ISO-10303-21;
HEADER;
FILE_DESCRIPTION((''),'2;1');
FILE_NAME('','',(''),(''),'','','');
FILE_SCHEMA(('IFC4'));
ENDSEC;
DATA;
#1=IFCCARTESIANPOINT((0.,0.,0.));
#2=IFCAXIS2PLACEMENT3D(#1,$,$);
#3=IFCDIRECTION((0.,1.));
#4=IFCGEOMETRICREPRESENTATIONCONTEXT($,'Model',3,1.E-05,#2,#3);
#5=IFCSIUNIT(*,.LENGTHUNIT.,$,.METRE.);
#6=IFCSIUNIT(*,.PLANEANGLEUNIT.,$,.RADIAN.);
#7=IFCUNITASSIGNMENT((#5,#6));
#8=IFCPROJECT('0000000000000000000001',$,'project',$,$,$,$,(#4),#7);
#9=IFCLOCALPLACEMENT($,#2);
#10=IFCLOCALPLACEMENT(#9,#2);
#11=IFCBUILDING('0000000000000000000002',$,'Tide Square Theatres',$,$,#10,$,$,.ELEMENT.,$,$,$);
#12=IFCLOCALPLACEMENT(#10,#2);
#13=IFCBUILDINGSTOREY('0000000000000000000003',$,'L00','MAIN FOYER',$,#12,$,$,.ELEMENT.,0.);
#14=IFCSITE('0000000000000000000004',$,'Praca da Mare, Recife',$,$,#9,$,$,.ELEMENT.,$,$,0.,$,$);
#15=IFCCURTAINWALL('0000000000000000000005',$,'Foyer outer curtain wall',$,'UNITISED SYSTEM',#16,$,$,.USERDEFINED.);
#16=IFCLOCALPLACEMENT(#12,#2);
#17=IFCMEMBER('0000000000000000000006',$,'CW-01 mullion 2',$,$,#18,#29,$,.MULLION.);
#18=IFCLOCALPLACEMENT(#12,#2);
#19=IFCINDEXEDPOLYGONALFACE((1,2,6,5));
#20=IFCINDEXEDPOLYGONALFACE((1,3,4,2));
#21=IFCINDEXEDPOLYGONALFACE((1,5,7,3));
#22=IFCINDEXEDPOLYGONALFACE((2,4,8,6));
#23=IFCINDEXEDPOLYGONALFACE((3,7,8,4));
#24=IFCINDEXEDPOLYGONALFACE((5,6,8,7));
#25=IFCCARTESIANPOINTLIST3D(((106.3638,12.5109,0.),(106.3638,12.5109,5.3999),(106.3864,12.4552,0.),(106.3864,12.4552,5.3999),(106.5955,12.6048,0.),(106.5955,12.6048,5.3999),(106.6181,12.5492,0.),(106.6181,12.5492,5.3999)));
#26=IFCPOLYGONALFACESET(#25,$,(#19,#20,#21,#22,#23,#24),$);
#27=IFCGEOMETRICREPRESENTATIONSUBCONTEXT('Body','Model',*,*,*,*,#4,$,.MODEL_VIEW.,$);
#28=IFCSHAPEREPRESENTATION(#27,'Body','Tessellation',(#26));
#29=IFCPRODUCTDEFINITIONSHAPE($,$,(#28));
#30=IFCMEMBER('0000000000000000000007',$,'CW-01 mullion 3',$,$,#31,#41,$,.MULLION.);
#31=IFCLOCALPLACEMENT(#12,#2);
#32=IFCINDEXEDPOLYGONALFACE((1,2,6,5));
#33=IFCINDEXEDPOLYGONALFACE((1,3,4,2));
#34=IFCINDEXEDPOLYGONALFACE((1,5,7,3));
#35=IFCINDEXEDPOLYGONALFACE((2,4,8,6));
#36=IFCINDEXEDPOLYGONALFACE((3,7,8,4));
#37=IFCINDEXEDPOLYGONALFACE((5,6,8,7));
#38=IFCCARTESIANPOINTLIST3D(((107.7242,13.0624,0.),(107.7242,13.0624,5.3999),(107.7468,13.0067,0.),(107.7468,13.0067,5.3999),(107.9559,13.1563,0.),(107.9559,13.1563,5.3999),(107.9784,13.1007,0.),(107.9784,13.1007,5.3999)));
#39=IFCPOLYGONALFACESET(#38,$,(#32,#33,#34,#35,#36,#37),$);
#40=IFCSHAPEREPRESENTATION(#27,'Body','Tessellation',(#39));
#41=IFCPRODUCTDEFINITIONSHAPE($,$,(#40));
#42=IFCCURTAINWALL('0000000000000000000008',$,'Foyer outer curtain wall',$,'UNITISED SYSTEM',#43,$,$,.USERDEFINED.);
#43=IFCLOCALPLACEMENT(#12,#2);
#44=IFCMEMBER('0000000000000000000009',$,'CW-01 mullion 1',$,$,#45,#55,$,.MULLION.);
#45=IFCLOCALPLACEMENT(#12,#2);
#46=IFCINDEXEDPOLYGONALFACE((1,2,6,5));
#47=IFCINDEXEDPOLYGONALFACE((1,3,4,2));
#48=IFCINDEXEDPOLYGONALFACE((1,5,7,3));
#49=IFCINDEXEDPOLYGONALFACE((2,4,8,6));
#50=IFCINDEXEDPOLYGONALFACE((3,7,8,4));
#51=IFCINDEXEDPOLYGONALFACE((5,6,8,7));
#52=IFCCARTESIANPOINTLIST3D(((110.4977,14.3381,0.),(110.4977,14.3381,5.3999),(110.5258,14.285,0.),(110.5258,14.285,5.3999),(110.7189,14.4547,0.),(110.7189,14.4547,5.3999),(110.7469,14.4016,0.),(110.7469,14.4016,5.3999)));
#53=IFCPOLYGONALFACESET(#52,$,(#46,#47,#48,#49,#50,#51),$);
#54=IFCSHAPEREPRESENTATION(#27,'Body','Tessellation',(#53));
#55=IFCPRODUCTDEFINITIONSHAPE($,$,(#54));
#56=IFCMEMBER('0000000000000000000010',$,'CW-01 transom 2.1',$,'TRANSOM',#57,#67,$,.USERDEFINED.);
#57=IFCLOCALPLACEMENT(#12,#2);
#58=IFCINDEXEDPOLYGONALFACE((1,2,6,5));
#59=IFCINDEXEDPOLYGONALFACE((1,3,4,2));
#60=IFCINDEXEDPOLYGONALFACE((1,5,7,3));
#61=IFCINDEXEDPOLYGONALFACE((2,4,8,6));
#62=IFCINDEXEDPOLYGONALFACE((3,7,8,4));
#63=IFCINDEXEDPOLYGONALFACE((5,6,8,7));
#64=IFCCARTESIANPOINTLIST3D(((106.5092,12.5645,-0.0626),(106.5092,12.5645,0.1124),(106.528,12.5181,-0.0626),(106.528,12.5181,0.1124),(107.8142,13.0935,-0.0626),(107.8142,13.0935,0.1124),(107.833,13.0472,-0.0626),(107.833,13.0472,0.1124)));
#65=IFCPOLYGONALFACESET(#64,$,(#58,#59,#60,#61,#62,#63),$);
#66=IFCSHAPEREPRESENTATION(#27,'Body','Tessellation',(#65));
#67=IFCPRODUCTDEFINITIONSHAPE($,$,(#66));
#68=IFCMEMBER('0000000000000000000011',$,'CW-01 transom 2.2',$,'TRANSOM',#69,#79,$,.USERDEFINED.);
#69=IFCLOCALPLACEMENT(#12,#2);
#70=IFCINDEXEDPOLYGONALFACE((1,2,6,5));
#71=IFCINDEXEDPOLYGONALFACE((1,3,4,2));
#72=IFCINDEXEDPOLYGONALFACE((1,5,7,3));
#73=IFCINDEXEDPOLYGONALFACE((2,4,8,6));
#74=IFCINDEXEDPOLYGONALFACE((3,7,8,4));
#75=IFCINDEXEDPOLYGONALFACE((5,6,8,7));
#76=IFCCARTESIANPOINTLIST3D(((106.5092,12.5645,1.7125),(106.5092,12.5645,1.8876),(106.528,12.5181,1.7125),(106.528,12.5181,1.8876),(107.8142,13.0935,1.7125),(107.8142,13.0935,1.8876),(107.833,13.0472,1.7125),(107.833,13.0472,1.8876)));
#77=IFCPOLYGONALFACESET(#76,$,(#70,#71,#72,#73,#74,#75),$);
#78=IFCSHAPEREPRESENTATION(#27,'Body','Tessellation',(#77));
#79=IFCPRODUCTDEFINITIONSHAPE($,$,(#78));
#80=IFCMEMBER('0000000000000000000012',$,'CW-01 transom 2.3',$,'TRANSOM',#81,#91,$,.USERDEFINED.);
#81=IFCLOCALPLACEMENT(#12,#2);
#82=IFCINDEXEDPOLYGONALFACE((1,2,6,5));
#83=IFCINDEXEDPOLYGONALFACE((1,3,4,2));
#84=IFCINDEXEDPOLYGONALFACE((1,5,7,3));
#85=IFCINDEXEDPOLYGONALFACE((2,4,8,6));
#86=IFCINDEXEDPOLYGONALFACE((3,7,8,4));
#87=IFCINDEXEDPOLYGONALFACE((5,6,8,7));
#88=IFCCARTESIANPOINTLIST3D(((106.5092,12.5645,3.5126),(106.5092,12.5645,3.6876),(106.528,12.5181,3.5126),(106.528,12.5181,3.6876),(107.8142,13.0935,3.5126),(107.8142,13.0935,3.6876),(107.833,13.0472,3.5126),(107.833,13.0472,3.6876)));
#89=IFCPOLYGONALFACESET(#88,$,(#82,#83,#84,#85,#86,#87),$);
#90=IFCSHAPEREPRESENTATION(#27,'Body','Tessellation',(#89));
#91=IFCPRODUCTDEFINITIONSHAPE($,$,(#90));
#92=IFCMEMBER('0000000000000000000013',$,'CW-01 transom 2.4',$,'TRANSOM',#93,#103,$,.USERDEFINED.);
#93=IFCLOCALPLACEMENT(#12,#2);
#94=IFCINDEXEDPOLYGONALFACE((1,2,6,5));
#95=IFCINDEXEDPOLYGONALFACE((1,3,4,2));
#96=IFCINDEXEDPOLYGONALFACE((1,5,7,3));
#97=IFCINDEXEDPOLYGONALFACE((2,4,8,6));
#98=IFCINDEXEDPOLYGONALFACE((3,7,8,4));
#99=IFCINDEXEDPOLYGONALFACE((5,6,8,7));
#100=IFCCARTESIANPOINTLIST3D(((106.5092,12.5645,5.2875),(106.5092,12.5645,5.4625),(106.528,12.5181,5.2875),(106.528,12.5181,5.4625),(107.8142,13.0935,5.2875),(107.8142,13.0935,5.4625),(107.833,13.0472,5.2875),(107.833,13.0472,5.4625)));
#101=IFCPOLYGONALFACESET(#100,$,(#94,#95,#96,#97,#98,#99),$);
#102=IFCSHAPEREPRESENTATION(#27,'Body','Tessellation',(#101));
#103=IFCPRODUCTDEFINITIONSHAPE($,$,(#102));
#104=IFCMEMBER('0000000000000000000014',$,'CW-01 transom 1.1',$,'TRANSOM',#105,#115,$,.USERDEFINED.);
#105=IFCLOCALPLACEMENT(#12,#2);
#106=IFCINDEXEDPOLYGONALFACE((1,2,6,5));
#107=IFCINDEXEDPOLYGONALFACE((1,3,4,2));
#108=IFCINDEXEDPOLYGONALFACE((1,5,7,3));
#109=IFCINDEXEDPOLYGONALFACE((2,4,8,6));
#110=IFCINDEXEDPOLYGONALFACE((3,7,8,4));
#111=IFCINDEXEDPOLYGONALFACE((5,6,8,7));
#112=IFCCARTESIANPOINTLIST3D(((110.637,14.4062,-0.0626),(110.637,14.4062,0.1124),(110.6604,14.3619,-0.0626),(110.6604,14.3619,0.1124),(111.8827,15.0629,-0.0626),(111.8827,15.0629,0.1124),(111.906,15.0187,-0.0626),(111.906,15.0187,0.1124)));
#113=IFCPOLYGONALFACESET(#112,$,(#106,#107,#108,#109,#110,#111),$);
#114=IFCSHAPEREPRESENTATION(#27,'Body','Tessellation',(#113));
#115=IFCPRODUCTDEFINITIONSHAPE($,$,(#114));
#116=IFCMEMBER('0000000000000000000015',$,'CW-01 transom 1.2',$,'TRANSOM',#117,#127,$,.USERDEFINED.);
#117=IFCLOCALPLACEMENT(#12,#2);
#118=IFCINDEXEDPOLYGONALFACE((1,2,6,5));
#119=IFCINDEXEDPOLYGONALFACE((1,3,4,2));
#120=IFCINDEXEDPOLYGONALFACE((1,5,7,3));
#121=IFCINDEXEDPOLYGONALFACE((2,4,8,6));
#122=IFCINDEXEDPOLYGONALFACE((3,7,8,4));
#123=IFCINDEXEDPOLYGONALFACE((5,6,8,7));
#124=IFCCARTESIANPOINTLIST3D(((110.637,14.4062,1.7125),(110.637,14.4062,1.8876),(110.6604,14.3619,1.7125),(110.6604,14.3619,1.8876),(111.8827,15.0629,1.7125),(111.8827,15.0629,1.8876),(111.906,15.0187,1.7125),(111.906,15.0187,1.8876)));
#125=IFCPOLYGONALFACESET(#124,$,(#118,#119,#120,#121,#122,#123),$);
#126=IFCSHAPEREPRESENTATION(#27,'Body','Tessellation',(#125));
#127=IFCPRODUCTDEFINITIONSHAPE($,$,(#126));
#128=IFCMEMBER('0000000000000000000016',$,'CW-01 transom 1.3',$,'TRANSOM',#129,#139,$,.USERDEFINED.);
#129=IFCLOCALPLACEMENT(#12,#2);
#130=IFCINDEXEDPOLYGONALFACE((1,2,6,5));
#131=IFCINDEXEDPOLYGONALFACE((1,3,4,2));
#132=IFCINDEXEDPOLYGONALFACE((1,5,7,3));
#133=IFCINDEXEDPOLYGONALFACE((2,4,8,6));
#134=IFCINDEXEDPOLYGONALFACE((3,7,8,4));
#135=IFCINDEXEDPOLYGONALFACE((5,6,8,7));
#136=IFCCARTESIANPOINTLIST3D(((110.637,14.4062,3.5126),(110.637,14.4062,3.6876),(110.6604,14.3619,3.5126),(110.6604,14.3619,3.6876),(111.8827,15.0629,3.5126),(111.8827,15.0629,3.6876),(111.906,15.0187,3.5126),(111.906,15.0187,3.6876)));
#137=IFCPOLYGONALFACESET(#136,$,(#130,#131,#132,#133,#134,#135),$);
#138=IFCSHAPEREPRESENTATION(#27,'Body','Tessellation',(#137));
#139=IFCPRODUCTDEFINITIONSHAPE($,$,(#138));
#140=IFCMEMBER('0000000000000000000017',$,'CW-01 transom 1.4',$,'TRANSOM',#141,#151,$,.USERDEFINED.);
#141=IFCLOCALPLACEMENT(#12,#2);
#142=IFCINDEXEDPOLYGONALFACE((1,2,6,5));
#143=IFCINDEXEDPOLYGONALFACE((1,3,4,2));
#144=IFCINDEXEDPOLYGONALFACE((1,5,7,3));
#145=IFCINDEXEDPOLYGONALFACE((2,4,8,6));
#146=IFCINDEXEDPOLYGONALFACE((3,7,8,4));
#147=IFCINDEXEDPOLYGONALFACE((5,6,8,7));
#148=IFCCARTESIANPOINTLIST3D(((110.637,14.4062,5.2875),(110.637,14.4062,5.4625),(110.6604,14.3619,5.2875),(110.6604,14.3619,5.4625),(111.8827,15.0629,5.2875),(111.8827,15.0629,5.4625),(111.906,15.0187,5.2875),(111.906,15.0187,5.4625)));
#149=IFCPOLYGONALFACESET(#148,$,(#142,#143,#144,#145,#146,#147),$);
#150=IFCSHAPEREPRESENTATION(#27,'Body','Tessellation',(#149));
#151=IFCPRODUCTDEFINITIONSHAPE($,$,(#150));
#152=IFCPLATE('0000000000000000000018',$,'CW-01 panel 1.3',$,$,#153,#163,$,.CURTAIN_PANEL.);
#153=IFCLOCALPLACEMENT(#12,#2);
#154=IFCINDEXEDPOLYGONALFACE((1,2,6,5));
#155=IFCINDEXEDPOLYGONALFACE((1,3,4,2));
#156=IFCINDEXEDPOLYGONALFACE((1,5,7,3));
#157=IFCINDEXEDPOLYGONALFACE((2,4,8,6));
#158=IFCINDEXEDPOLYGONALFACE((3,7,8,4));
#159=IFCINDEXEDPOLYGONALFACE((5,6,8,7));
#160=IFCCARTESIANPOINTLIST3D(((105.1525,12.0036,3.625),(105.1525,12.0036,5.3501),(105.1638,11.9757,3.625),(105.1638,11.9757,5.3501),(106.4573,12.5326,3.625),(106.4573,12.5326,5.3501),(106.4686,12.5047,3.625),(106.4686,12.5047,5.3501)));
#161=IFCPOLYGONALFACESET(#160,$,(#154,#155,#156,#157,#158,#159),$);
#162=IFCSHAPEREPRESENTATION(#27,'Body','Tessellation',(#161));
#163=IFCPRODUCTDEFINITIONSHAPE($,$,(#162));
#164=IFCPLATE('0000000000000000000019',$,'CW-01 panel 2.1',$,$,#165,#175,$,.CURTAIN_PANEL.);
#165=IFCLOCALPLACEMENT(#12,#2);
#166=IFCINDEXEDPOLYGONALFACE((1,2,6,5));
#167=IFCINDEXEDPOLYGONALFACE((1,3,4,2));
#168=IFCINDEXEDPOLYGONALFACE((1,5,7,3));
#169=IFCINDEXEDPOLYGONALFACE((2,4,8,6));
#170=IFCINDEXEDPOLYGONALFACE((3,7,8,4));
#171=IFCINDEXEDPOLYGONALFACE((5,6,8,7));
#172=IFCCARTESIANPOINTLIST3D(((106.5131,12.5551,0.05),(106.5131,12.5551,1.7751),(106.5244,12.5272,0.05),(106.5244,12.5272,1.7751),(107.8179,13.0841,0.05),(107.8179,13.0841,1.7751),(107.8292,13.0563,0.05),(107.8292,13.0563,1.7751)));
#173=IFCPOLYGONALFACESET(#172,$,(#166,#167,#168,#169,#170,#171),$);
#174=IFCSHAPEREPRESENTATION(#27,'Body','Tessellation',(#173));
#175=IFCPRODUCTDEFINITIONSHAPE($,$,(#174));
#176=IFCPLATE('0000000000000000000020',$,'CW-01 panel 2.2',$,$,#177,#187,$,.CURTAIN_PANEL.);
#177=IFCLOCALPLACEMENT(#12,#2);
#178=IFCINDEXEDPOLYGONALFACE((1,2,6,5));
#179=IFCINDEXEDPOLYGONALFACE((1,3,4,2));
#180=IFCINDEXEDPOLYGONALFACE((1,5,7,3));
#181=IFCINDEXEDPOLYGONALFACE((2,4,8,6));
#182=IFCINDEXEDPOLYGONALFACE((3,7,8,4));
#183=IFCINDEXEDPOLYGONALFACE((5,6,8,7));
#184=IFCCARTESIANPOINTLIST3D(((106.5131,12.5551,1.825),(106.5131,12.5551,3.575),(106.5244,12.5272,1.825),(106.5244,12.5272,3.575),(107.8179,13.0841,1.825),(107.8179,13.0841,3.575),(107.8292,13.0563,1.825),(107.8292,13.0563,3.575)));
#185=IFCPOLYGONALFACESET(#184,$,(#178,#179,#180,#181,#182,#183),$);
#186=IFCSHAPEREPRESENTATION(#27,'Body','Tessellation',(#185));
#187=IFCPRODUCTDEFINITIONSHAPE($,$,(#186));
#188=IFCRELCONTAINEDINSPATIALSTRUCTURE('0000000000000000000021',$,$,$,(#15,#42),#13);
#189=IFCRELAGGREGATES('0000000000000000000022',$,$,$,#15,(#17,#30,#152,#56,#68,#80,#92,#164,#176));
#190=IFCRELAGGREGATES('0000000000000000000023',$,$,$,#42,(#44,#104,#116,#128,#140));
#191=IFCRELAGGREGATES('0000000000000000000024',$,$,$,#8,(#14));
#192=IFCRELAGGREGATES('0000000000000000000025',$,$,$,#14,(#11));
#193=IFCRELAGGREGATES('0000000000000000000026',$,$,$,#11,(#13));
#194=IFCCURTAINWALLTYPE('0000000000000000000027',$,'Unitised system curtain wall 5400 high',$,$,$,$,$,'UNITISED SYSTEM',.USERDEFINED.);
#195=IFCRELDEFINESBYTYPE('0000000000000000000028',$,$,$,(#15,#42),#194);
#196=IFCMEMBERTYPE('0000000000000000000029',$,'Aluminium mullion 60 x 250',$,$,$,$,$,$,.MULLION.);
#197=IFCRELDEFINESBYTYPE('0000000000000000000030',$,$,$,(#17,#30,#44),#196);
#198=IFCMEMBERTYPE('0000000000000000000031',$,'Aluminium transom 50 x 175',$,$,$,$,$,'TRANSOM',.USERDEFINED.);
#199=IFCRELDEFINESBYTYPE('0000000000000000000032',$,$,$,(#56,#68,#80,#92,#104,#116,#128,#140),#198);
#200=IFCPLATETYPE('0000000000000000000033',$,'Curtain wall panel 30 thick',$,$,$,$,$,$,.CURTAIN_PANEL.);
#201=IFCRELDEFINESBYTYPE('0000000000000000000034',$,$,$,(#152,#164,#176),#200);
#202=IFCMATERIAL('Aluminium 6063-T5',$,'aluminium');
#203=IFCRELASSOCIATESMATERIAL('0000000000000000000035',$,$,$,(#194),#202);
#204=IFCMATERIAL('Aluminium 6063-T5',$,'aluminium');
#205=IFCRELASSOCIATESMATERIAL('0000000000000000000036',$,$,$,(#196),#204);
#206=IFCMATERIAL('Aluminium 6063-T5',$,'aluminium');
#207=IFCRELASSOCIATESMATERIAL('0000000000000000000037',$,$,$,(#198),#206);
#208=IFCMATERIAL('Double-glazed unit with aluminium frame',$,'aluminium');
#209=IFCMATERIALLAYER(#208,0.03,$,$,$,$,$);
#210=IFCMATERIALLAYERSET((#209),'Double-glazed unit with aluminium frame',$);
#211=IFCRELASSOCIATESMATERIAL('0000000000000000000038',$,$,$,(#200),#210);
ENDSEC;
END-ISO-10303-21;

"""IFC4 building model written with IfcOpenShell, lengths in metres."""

from ifc_helpers import new_model, si_unit, direction, frame, origin, origin_2d, place, context, subcontext, project, spatial, rectangle, extrude, material, layer, layer_set, material_profile, profile_set, type_object, element, aggregate, save


model = new_model("IFC4")

# Units and contexts
model_context = context("Model", 3, precision=1e-05, world=origin(), true_north=direction((0.0, 1.0)))
body_context = subcontext(model_context, "Body", "Model", "MODEL_VIEW")
ifc_project = project(units=[si_unit("LENGTHUNIT", "METRE"), si_unit("PLANEANGLEUNIT", "RADIAN")], contexts=[model_context])

# Site, building, storey
site_placement = place(None, origin())
site = spatial("IfcSite", under=ifc_project, at=site_placement, Name="Praca da Mare, Recife", CompositionType="ELEMENT", RefElevation=0.0)
building_placement = place(site_placement, origin())
building = spatial("IfcBuilding", under=site, at=building_placement, Name="Tide Square Theatres", CompositionType="ELEMENT")
storey_placement = place(building_placement, origin())
storey = spatial("IfcBuildingStorey", under=building, at=storey_placement, Name="L00", Description="MAIN FOYER", CompositionType="ELEMENT", Elevation=0.0)

# Curtain wall, members
ifc_material_1 = material(Name="Aluminium 6063-T5", Category="aluminium")
curtain_wall_type = type_object("IfcCurtainWallType", Name="Unitised system curtain wall 5400 high", ElementType="UNITISED SYSTEM", PredefinedType="USERDEFINED", material=ifc_material_1)
curtain_wall_1_placement = place(storey_placement, origin())
curtain_wall_1 = element("IfcCurtainWall", 1, at=curtain_wall_1_placement, inside=storey, type_object=curtain_wall_type, Name="Foyer outer curtain wall", ObjectType="UNITISED SYSTEM", PredefinedType="USERDEFINED")
ifc_material_2 = material(Name="Aluminium 6063-T5", Category="aluminium")
ifc_material_profile_1 = material_profile(ifc_material_2, rectangle(XDim=0.0601, YDim=0.25, at=origin_2d()))
ifc_profile_set_1 = profile_set([ifc_material_profile_1], Name="Aluminium 6063-T5")
member_type_1 = type_object("IfcMemberType", Name="Aluminium mullion 60 x 250", PredefinedType="MULLION", material=ifc_profile_set_1)
member_1_placement = place(storey_placement, frame((106.491, 12.53, 0.0), z_axis=(0.0, 0.0, 1.0), x_axis=(-0.375731, 0.926729, 0.0)))
member_1 = element("IfcMember", 2, at=member_1_placement, type_object=member_type_1, Name="CW-01 mullion 2", PredefinedType="MULLION", context=body_context, shape_type="SweptSolid", body=[
    extrude(rectangle(XDim=0.0601, YDim=0.25, at=origin_2d()), origin(), (0.0, 0.0, 1.0), 5.3999),
])
member_2_placement = place(storey_placement, frame((107.8513, 13.0815, 0.0), z_axis=(0.0, 0.0, 1.0), x_axis=(-0.375731, 0.926729, 0.0)))
member_2 = element("IfcMember", 3, at=member_2_placement, type_object=member_type_1, Name="CW-01 mullion 3", PredefinedType="MULLION", context=body_context, shape_type="SweptSolid", body=[
    extrude(rectangle(XDim=0.0601, YDim=0.25, at=origin_2d()), origin(), (0.0, 0.0, 1.0), 5.3999),
])

# Curtain wall, member
curtain_wall_2_placement = place(storey_placement, origin())
curtain_wall_2 = element("IfcCurtainWall", 4, at=curtain_wall_2_placement, inside=storey, type_object=curtain_wall_type, Name="Foyer outer curtain wall", ObjectType="UNITISED SYSTEM", PredefinedType="USERDEFINED")
member_3_placement = place(storey_placement, frame((110.6223, 14.3699, 0.0), z_axis=(0.0, 0.0, 1.0), x_axis=(-0.466455, 0.884545, 0.0)))
member_3 = element("IfcMember", 5, at=member_3_placement, type_object=member_type_1, Name="CW-01 mullion 1", PredefinedType="MULLION", context=body_context, shape_type="SweptSolid", body=[
    extrude(rectangle(XDim=0.0601, YDim=0.25, at=origin_2d()), origin(), (0.0, 0.0, 1.0), 5.3999),
])

# Members
ifc_material_3 = material(Name="Aluminium 6063-T5", Category="aluminium")
ifc_material_profile_2 = material_profile(ifc_material_3, rectangle(XDim=0.05, YDim=0.175, at=origin_2d()))
ifc_profile_set_2 = profile_set([ifc_material_profile_2], Name="Aluminium 6063-T5")
member_type_2 = type_object("IfcMemberType", Name="Aluminium transom 50 x 175", ElementType="TRANSOM", PredefinedType="USERDEFINED", material=ifc_profile_set_2)
member_4_placement = place(storey_placement, frame((106.5186, 12.5413, 0.0249), z_axis=(0.926733, 0.375721, 0.0), x_axis=(-0.375721, 0.926733, 0.0)))
member_4 = element("IfcMember", 6, at=member_4_placement, type_object=member_type_2, Name="CW-01 transom 2.1", ObjectType="TRANSOM", PredefinedType="USERDEFINED", context=body_context, shape_type="SweptSolid", body=[
    extrude(rectangle(XDim=0.05, YDim=0.175, at=origin_2d()), origin(), (0.0, 0.0, 1.0), 1.4082),
])
member_5_placement = place(storey_placement, frame((106.5186, 12.5413, 1.8), z_axis=(0.926733, 0.375721, 0.0), x_axis=(-0.375721, 0.926733, 0.0)))
member_5 = element("IfcMember", 7, at=member_5_placement, type_object=member_type_2, Name="CW-01 transom 2.2", ObjectType="TRANSOM", PredefinedType="USERDEFINED", context=body_context, shape_type="SweptSolid", body=[
    extrude(rectangle(XDim=0.05, YDim=0.175, at=origin_2d()), origin(), (0.0, 0.0, 1.0), 1.4082),
])
member_6_placement = place(storey_placement, frame((106.5186, 12.5413, 3.6001), z_axis=(0.926733, 0.375721, 0.0), x_axis=(-0.375721, 0.926733, 0.0)))
member_6 = element("IfcMember", 8, at=member_6_placement, type_object=member_type_2, Name="CW-01 transom 2.3", ObjectType="TRANSOM", PredefinedType="USERDEFINED", context=body_context, shape_type="SweptSolid", body=[
    extrude(rectangle(XDim=0.05, YDim=0.175, at=origin_2d()), origin(), (0.0, 0.0, 1.0), 1.4082),
])
member_7_placement = place(storey_placement, frame((106.5186, 12.5413, 5.375), z_axis=(0.926733, 0.375721, 0.0), x_axis=(-0.375721, 0.926733, 0.0)))
member_7 = element("IfcMember", 9, at=member_7_placement, type_object=member_type_2, Name="CW-01 transom 2.4", ObjectType="TRANSOM", PredefinedType="USERDEFINED", context=body_context, shape_type="SweptSolid", body=[
    extrude(rectangle(XDim=0.05, YDim=0.175, at=origin_2d()), origin(), (0.0, 0.0, 1.0), 1.4082),
])
member_8_placement = place(storey_placement, frame((110.6487, 14.384, 0.0249), z_axis=(0.88458, 0.466389, 0.0), x_axis=(-0.466389, 0.88458, 0.0)))
member_8 = element("IfcMember", 10, at=member_8_placement, type_object=member_type_2, Name="CW-01 transom 1.1", ObjectType="TRANSOM", PredefinedType="USERDEFINED", context=body_context, shape_type="SweptSolid", body=[
    extrude(rectangle(XDim=0.05, YDim=0.175, at=origin_2d()), origin(), (0.0, 0.0, 1.0), 1.4082),
])
member_9_placement = place(storey_placement, frame((110.6487, 14.384, 1.8), z_axis=(0.88458, 0.466389, 0.0), x_axis=(-0.466389, 0.88458, 0.0)))
member_9 = element("IfcMember", 11, at=member_9_placement, type_object=member_type_2, Name="CW-01 transom 1.2", ObjectType="TRANSOM", PredefinedType="USERDEFINED", context=body_context, shape_type="SweptSolid", body=[
    extrude(rectangle(XDim=0.05, YDim=0.175, at=origin_2d()), origin(), (0.0, 0.0, 1.0), 1.4082),
])
member_10_placement = place(storey_placement, frame((110.6487, 14.384, 3.6001), z_axis=(0.88458, 0.466389, 0.0), x_axis=(-0.466389, 0.88458, 0.0)))
member_10 = element("IfcMember", 12, at=member_10_placement, type_object=member_type_2, Name="CW-01 transom 1.3", ObjectType="TRANSOM", PredefinedType="USERDEFINED", context=body_context, shape_type="SweptSolid", body=[
    extrude(rectangle(XDim=0.05, YDim=0.175, at=origin_2d()), origin(), (0.0, 0.0, 1.0), 1.4082),
])
member_11_placement = place(storey_placement, frame((110.6487, 14.384, 5.375), z_axis=(0.88458, 0.466389, 0.0), x_axis=(-0.466389, 0.88458, 0.0)))
member_11 = element("IfcMember", 13, at=member_11_placement, type_object=member_type_2, Name="CW-01 transom 1.4", ObjectType="TRANSOM", PredefinedType="USERDEFINED", context=body_context, shape_type="SweptSolid", body=[
    extrude(rectangle(XDim=0.05, YDim=0.175, at=origin_2d()), origin(), (0.0, 0.0, 1.0), 1.4082),
])

# Plates
ifc_material_4 = material(Name="Double-glazed unit with aluminium frame", Category="aluminium")
ifc_layer_1 = layer(ifc_material_4, 0.03)
ifc_layer_set_1 = layer_set([ifc_layer_1], Name="Double-glazed unit with aluminium frame")
plate_type = type_object("IfcPlateType", Name="Curtain wall panel 30 thick", PredefinedType="CURTAIN_PANEL", material=ifc_layer_set_1)
plate_1_placement = place(storey_placement, frame((105.8105, 12.2542, 3.625), z_axis=(0.0, 0.0, 1.0), x_axis=(0.926729, 0.375731, 0.0)))
plate_1 = element("IfcPlate", 14, at=plate_1_placement, type_object=plate_type, Name="CW-01 panel 1.3", PredefinedType="CURTAIN_PANEL", context=body_context, shape_type="SweptSolid", body=[
    extrude(rectangle(XDim=1.408, YDim=0.03, at=origin_2d()), origin(), (0.0, 0.0, 1.0), 1.7251),
])
plate_2_placement = place(storey_placement, frame((107.1711, 12.8057, 0.05), z_axis=(0.0, 0.0, 1.0), x_axis=(0.926729, 0.375731, 0.0)))
plate_2 = element("IfcPlate", 15, at=plate_2_placement, type_object=plate_type, Name="CW-01 panel 2.1", PredefinedType="CURTAIN_PANEL", context=body_context, shape_type="SweptSolid", body=[
    extrude(rectangle(XDim=1.408, YDim=0.03, at=origin_2d()), origin(), (0.0, 0.0, 1.0), 1.7251),
])
plate_3_placement = place(storey_placement, frame((107.1711, 12.8057, 1.825), z_axis=(0.0, 0.0, 1.0), x_axis=(0.926729, 0.375731, 0.0)))
plate_3 = element("IfcPlate", 16, at=plate_3_placement, type_object=plate_type, Name="CW-01 panel 2.2", PredefinedType="CURTAIN_PANEL", context=body_context, shape_type="SweptSolid", body=[
    extrude(rectangle(XDim=1.408, YDim=0.03, at=origin_2d()), origin(), (0.0, 0.0, 1.0), 1.75),
])
aggregate(curtain_wall_1, [member_1, member_2, plate_1, member_4, member_5, member_6, member_7, plate_2, plate_3])
aggregate(curtain_wall_2, [member_3, member_8, member_9, member_10, member_11])

save(model, "model.ifc")
